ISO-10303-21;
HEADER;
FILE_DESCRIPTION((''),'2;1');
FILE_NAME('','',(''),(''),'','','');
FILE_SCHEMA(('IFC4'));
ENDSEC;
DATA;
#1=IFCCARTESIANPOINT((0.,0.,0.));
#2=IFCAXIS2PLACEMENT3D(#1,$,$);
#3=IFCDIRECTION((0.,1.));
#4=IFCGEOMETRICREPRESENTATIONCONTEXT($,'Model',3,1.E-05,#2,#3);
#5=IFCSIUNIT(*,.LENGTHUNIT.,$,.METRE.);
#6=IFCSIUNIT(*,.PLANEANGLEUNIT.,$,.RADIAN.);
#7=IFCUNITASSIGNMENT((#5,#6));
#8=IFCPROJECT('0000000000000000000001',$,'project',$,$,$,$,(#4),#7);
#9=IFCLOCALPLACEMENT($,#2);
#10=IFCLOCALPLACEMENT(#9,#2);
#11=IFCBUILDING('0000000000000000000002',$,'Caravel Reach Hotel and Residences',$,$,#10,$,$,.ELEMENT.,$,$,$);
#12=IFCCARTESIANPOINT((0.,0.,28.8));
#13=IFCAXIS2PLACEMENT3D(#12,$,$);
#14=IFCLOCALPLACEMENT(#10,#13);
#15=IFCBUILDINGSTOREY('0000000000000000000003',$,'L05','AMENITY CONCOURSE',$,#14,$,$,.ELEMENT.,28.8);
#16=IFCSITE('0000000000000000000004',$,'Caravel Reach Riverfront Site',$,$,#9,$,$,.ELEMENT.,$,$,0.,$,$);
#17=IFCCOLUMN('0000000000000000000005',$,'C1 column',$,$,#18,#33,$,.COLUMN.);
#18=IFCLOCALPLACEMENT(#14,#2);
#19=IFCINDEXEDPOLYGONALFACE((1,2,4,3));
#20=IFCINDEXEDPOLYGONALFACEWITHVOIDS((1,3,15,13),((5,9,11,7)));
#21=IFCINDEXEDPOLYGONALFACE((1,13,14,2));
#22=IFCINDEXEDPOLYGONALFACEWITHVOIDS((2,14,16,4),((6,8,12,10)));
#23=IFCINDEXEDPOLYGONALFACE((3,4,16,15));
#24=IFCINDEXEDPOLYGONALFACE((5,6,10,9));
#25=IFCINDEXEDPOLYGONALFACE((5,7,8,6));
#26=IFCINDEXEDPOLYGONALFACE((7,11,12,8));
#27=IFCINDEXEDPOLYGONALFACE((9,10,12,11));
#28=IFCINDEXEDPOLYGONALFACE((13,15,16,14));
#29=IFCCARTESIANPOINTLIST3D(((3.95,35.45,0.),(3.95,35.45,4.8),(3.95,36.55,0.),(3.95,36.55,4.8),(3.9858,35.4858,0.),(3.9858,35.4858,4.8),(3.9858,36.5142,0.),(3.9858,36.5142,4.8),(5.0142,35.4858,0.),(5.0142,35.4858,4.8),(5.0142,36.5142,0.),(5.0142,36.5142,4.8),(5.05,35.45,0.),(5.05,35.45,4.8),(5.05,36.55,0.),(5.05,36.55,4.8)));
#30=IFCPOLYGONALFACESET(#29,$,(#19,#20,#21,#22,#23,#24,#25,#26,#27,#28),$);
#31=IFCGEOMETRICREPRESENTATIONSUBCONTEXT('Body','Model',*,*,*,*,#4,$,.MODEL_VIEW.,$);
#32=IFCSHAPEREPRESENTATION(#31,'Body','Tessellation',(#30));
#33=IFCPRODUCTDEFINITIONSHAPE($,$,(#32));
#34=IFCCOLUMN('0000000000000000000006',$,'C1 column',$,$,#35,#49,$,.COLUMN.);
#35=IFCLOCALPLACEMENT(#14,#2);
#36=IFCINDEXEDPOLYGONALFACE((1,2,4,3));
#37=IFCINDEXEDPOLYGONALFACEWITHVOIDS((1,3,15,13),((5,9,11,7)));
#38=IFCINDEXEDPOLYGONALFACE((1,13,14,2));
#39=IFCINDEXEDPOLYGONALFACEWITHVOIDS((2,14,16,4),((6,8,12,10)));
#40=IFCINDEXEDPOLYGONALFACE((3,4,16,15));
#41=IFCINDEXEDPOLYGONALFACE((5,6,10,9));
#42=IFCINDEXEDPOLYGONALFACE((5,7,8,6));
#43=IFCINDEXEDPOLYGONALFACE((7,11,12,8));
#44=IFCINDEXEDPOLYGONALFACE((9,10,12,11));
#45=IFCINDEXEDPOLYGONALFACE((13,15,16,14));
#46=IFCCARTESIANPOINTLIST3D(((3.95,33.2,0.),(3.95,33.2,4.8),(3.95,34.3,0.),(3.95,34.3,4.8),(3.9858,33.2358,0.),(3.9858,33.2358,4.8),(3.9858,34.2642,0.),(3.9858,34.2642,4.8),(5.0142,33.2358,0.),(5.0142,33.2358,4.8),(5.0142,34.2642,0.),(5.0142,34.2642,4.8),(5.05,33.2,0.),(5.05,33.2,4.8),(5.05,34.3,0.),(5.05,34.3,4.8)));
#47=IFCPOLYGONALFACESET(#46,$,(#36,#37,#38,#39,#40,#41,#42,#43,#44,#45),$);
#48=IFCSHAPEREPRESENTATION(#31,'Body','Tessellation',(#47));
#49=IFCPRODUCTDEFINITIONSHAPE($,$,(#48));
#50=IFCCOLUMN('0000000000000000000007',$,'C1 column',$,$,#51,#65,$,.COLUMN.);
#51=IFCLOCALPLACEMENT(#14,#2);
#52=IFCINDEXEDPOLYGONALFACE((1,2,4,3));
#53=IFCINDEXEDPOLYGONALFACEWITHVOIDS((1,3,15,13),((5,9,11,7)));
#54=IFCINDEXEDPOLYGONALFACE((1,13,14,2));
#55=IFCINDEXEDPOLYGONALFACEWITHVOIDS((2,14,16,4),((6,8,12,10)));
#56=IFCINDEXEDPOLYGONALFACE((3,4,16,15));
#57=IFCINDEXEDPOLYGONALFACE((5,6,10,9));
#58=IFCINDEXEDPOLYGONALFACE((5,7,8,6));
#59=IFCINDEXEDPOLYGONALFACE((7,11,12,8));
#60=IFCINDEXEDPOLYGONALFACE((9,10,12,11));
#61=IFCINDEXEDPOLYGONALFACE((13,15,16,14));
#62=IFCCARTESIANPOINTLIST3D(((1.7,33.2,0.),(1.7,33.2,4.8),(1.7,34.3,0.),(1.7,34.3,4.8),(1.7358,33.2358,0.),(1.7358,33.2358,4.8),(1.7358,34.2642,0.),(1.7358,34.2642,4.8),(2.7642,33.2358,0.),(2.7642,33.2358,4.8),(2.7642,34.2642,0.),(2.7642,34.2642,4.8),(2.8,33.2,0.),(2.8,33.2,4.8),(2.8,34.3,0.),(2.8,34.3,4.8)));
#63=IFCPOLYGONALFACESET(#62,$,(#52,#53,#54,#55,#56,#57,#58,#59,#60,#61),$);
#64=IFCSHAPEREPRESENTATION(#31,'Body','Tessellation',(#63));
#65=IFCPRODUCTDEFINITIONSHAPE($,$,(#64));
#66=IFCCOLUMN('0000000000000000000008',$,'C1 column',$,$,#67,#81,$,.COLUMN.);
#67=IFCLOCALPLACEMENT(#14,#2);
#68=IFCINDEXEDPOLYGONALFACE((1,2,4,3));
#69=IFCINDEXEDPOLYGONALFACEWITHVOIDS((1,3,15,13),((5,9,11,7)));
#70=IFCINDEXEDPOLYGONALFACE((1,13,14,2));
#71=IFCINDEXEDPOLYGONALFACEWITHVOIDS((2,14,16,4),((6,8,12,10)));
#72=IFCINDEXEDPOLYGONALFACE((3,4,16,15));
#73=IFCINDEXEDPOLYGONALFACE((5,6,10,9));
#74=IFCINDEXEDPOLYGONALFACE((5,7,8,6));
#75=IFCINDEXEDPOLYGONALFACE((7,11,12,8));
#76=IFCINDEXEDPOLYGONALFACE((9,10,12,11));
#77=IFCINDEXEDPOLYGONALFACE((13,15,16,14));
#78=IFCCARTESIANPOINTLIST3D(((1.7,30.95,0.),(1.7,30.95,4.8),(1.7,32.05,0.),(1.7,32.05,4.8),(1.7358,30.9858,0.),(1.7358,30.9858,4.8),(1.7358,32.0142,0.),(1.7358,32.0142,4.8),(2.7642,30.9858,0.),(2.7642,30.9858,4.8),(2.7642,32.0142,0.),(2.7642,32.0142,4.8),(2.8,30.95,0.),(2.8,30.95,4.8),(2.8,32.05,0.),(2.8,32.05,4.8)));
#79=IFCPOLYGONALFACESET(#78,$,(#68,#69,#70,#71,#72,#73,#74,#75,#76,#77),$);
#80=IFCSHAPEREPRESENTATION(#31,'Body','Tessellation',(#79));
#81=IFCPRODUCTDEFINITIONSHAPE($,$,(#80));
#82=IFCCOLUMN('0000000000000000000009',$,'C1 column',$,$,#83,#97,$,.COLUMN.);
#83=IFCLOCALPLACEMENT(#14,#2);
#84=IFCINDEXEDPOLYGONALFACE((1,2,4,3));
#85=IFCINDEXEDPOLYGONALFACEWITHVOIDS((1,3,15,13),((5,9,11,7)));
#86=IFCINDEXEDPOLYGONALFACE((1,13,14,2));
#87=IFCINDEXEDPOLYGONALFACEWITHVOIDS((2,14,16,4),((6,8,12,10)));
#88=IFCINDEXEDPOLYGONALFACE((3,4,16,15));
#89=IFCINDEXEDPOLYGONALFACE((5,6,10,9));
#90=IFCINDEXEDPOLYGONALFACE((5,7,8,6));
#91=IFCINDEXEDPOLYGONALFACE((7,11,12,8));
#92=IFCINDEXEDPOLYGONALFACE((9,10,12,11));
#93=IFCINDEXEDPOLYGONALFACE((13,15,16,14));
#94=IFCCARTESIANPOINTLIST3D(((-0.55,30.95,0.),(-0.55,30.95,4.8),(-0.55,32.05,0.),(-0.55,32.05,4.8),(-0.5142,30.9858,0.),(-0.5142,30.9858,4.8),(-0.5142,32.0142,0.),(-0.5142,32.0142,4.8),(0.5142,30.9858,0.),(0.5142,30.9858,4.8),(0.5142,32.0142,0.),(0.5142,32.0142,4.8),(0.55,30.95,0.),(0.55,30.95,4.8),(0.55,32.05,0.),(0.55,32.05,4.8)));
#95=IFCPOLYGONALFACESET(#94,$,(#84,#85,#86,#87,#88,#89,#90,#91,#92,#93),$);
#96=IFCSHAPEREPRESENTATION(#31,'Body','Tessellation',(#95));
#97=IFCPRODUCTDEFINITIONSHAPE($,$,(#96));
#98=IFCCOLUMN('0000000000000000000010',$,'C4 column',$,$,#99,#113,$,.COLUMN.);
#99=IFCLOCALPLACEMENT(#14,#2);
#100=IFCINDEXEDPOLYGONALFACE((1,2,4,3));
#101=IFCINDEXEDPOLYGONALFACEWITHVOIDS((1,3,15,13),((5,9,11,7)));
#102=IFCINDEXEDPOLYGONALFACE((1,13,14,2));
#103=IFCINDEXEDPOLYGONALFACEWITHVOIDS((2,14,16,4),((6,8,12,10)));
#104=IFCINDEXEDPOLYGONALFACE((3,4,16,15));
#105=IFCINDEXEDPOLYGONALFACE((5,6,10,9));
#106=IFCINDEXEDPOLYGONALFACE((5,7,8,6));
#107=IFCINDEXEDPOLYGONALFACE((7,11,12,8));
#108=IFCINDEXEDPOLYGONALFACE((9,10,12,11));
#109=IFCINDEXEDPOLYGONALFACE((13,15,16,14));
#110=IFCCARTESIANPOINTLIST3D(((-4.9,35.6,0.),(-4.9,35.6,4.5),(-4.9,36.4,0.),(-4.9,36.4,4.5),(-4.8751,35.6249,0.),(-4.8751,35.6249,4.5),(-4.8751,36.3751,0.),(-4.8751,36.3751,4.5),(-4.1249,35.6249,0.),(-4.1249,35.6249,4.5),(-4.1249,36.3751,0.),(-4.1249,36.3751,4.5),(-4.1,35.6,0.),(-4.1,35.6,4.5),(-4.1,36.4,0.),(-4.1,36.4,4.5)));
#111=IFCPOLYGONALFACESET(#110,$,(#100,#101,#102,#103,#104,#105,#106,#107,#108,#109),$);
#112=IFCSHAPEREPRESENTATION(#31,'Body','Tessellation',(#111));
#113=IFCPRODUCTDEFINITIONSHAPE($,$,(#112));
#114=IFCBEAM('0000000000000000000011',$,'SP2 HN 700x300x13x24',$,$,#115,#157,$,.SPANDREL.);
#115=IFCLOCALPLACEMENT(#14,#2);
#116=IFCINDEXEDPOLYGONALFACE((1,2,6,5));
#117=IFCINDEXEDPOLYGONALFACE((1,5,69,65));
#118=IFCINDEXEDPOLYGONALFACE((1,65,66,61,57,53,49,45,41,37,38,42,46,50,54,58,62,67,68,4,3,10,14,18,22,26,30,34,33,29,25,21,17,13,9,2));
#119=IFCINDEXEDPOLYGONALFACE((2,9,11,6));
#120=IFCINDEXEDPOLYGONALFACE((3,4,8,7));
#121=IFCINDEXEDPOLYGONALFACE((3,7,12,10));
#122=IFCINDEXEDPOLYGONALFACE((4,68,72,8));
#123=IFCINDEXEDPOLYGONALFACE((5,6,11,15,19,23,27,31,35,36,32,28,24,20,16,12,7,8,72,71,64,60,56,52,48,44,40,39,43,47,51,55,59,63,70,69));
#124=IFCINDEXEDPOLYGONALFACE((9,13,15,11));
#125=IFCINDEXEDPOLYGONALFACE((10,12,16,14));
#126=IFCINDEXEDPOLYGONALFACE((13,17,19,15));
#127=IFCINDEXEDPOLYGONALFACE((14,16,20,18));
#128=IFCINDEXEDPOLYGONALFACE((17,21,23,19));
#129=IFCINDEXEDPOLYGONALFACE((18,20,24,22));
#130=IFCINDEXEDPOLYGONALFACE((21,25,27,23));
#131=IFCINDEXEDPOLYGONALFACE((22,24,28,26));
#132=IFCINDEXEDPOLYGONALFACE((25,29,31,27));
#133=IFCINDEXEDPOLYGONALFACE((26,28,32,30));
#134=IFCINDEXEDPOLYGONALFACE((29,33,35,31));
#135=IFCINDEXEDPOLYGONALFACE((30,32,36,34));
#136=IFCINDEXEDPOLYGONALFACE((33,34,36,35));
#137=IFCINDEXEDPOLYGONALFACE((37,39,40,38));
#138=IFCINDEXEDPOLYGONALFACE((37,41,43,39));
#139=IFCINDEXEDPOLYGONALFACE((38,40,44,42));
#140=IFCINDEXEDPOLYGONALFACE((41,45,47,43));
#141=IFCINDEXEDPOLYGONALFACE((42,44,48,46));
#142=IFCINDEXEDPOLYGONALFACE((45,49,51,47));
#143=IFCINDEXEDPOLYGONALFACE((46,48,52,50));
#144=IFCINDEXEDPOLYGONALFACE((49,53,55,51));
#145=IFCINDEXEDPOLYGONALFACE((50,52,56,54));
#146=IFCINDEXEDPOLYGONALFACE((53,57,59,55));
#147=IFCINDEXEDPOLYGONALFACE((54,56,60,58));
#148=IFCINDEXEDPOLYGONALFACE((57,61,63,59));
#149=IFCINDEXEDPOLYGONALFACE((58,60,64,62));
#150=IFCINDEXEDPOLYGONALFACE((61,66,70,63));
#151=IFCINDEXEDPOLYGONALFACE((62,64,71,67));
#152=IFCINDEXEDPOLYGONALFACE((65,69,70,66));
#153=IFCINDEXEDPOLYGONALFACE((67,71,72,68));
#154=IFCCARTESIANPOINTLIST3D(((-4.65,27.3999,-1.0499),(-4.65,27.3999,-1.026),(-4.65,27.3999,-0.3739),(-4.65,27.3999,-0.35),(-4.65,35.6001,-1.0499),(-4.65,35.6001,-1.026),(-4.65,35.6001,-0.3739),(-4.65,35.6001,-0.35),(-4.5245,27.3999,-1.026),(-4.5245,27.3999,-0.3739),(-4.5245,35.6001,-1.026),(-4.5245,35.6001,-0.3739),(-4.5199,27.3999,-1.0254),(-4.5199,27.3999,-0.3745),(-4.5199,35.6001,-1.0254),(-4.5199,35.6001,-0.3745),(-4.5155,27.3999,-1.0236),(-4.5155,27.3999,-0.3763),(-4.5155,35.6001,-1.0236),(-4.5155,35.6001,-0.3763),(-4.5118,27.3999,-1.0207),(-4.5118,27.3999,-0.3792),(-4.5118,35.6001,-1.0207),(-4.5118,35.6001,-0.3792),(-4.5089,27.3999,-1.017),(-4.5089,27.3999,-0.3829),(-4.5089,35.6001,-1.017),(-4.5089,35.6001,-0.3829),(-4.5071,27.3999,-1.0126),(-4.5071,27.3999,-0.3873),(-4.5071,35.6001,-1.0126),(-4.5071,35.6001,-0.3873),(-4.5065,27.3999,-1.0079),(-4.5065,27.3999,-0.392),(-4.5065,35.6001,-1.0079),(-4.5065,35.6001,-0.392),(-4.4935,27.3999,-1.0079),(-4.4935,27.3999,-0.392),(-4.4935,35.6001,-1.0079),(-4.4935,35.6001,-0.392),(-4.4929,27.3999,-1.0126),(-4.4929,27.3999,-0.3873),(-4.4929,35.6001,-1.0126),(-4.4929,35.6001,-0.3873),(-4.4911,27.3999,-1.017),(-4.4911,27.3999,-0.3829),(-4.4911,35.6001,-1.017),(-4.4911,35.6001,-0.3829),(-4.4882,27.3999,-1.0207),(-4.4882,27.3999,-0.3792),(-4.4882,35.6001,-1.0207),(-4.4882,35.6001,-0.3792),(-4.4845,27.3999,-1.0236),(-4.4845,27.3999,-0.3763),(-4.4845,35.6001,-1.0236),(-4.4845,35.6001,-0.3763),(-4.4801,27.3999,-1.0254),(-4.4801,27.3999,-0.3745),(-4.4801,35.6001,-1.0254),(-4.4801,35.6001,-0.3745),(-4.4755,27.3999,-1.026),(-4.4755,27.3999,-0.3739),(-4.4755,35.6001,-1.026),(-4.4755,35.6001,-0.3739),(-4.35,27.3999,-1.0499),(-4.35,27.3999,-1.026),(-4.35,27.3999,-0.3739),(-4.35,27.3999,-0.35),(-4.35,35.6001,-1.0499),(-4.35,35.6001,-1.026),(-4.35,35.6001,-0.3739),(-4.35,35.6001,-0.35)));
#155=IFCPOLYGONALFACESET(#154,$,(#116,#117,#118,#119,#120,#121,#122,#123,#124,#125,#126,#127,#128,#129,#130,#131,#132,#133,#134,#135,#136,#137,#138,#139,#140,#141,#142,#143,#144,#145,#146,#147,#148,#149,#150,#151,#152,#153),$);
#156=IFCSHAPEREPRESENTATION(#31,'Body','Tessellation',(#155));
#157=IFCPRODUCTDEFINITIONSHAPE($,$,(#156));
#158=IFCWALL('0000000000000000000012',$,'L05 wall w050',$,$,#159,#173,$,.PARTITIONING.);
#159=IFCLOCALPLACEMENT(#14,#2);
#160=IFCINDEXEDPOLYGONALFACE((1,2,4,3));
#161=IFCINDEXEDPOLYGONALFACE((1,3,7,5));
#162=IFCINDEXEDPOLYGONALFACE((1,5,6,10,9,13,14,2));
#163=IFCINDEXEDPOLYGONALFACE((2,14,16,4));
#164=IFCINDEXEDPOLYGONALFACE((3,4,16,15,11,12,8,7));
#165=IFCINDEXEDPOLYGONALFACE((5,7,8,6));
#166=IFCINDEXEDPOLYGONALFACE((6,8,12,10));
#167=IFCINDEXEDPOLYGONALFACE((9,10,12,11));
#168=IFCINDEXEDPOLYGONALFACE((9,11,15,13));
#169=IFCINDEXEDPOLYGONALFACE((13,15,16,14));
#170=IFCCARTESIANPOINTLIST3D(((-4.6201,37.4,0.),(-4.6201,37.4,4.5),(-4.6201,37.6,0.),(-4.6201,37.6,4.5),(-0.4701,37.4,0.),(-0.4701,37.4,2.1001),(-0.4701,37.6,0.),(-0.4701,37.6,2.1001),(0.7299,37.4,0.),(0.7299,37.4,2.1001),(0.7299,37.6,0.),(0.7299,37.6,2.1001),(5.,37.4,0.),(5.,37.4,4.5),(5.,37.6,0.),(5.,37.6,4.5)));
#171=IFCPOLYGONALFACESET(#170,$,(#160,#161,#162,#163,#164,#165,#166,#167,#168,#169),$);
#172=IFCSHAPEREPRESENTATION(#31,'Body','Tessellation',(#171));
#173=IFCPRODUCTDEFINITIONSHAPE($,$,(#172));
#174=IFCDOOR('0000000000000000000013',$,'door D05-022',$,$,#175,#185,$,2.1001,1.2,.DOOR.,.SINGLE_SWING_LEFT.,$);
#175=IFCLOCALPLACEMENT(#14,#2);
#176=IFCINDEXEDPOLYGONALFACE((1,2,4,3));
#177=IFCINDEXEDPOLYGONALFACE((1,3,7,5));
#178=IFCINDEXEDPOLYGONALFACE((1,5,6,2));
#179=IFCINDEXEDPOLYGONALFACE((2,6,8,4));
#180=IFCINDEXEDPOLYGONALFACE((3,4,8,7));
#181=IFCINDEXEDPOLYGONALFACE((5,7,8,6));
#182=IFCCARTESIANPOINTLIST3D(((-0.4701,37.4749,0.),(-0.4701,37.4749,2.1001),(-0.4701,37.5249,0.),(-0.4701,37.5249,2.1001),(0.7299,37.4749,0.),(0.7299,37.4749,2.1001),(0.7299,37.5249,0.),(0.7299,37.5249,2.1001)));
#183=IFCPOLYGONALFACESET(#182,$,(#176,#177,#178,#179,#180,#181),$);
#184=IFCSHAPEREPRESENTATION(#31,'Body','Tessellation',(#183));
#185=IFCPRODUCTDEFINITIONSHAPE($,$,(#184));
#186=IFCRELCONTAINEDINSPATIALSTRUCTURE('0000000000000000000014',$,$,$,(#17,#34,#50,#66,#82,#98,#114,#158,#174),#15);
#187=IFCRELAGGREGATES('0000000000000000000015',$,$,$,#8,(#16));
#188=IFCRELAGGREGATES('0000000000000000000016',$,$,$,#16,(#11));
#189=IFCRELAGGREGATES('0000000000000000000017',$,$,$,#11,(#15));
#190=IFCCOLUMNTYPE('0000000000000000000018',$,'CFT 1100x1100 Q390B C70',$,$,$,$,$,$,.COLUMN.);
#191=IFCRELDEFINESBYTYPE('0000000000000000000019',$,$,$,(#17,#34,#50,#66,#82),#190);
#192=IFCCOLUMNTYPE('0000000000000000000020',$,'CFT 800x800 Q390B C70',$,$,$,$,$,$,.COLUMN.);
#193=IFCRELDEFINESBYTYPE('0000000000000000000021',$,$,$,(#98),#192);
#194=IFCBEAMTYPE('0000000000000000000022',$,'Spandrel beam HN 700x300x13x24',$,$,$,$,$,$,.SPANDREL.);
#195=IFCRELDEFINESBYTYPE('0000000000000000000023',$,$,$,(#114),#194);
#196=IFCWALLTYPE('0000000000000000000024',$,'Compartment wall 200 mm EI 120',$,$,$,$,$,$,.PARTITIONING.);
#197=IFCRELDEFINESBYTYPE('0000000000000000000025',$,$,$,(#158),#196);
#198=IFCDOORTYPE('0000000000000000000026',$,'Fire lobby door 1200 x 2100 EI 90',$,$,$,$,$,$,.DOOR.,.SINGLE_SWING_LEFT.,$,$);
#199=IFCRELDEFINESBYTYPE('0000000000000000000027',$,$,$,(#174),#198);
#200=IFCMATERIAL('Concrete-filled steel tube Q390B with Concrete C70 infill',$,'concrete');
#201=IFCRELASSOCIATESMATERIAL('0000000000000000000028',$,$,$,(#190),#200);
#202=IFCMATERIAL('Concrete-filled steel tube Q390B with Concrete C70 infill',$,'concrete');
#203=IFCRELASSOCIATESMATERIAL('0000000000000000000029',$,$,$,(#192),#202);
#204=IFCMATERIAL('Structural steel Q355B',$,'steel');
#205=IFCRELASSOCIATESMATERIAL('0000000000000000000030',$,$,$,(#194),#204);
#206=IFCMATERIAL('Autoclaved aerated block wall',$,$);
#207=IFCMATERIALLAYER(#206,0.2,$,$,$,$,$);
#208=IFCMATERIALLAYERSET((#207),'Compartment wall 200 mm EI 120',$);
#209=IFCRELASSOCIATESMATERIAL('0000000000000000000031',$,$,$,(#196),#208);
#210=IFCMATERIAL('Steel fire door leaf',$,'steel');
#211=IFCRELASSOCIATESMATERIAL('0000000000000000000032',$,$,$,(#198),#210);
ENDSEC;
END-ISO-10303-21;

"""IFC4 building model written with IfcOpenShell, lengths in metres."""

from ifc_helpers import new_model, si_unit, direction, frame, frame_2d, origin, origin_2d, place, context, subcontext, project, spatial, rectangle, hollow_rectangle, i_section, extrude, material, layer, layer_set, material_profile, profile_set, type_object, element, fill, save


model = new_model("IFC4")

# Units and contexts
model_context = context("Model", 3, precision=1e-05, world=origin(), true_north=direction((0.0, 1.0)))
body_context = subcontext(model_context, "Body", "Model", "MODEL_VIEW")
ifc_project = project(units=[si_unit("LENGTHUNIT", "METRE"), si_unit("PLANEANGLEUNIT", "RADIAN")], contexts=[model_context])

# Site, building, storey
site_placement = place(None, origin())
site = spatial("IfcSite", under=ifc_project, at=site_placement, Name="Caravel Reach Riverfront Site", CompositionType="ELEMENT", RefElevation=0.0)
building_placement = place(site_placement, origin())
building = spatial("IfcBuilding", under=site, at=building_placement, Name="Caravel Reach Hotel and Residences", CompositionType="ELEMENT")
storey_placement = place(building_placement, frame((0.0, 0.0, 28.8)))
storey = spatial("IfcBuildingStorey", under=building, at=storey_placement, Name="L05", Description="AMENITY CONCOURSE", CompositionType="ELEMENT", Elevation=28.8)

# Columns
ifc_material_1 = material(Name="Concrete-filled steel tube Q390B with Concrete C70 infill", Category="concrete")
ifc_material_profile_1 = material_profile(ifc_material_1, hollow_rectangle(XDim=1.1001, YDim=1.1001, WallThickness=0.0359, at=origin_2d()), Name="RHS 1100x1100x36")
ifc_profile_set_1 = profile_set([ifc_material_profile_1], Name="Concrete-filled steel tube Q390B with Concrete C70 infill")
column_type_1 = type_object("IfcColumnType", Name="CFT 1100x1100 Q390B C70", PredefinedType="COLUMN", material=ifc_profile_set_1)
for number, where, z_axis, x_axis, name in (
    (1, (4.5, 36.0, 0.0), (0.0, 0.0, 1.0), (1.0, 0.0, 0.0), "C1 column"),
    (2, (4.5, 33.75, 0.0), (0.0, 0.0, 1.0), (1.0, 0.0, 0.0), "C1 column"),
    (3, (2.25, 33.75, 0.0), (0.0, 0.0, 1.0), (1.0, 0.0, 0.0), "C1 column"),
    (4, (2.25, 31.5, 0.0), (0.0, 0.0, 1.0), (1.0, 0.0, 0.0), "C1 column"),
    (5, (0.0, 31.5, 0.0), (0.0, 0.0, 1.0), (1.0, 0.0, 0.0), "C1 column"),
):
    element("IfcColumn", number, at=place(storey_placement, frame(where, z_axis=z_axis, x_axis=x_axis)), inside=storey, type_object=column_type_1, Name=name, PredefinedType="COLUMN", context=body_context, shape_type="SweptSolid", body=[
        extrude(hollow_rectangle(XDim=1.1001, YDim=1.1001, WallThickness=0.0359, at=origin_2d()), origin(), (0.0, 0.0, 1.0), 4.8),
    ])
ifc_material_2 = material(Name="Concrete-filled steel tube Q390B with Concrete C70 infill", Category="concrete")
ifc_material_profile_2 = material_profile(ifc_material_2, hollow_rectangle(XDim=0.8, YDim=0.8, WallThickness=0.0249, at=origin_2d()), Name="RHS 800x800x25")
ifc_profile_set_2 = profile_set([ifc_material_profile_2], Name="Concrete-filled steel tube Q390B with Concrete C70 infill")
column_type_2 = type_object("IfcColumnType", Name="CFT 800x800 Q390B C70", PredefinedType="COLUMN", material=ifc_profile_set_2)
column_placement = place(storey_placement, frame((-4.5, 36.0, 0.0), z_axis=(0.0, 0.0, 1.0), x_axis=(1.0, 0.0, 0.0)))
element("IfcColumn", 6, at=column_placement, inside=storey, type_object=column_type_2, Name="C4 column", PredefinedType="COLUMN", context=body_context, shape_type="SweptSolid", body=[
    extrude(hollow_rectangle(XDim=0.8, YDim=0.8, WallThickness=0.0249, at=origin_2d()), origin(), (0.0, 0.0, 1.0), 4.5),
])

# Beam
ifc_material_3 = material(Name="Structural steel Q355B", Category="steel")
ifc_material_profile_3 = material_profile(ifc_material_3, i_section(OverallWidth=0.3, OverallDepth=0.7, WebThickness=0.0129, FlangeThickness=0.0239, FilletRadius=0.0181, at=origin_2d()), Name="HN 700x300x13x24")
ifc_profile_set_3 = profile_set([ifc_material_profile_3], Name="Structural steel Q355B")
beam_type = type_object("IfcBeamType", Name="Spandrel beam HN 700x300x13x24", PredefinedType="SPANDREL", material=ifc_profile_set_3)
beam_placement = place(storey_placement, frame((-4.5, 35.6001, -0.7), z_axis=(0.0, -1.0, 0.0), x_axis=(1.0, 0.0, 0.0)))
element("IfcBeam", 7, at=beam_placement, inside=storey, type_object=beam_type, Name="SP2 HN 700x300x13x24", PredefinedType="SPANDREL", context=body_context, shape_type="SweptSolid", body=[
    extrude(i_section(OverallWidth=0.3, OverallDepth=0.7, WebThickness=0.0129, FlangeThickness=0.0239, FilletRadius=0.0181, at=origin_2d()), origin(), (0.0, 0.0, 1.0), 8.2002),
])

# Wall, opening, door
ifc_material_4 = material(Name="Autoclaved aerated block wall")
ifc_layer_1 = layer(ifc_material_4, 0.2)
ifc_layer_set_1 = layer_set([ifc_layer_1], Name="Compartment wall 200 mm EI 120")
wall_type_1 = type_object("IfcWallType", Name="Compartment wall 200 mm EI 120", PredefinedType="PARTITIONING", material=ifc_layer_set_1)
wall_1_placement = place(storey_placement, frame((-4.6201, 37.5, 0.0), z_axis=(0.0, 0.0, 1.0), x_axis=(1.0, 0.0, 0.0)))
wall_1 = element("IfcWall", 8, at=wall_1_placement, inside=storey, type_object=wall_type_1, Name="L05 wall w050", PredefinedType="PARTITIONING", context=body_context, shape_type="SweptSolid", body=[
    extrude(rectangle(XDim=9.6201, YDim=0.2, at=frame_2d((4.8101, 0.0))), origin(), (0.0, 0.0, 1.0), 4.5),
])
opening_1_placement = place(wall_1_placement, frame((4.1499, 0.0, 0.0)))
opening_1 = element("IfcOpeningElement", 9, at=opening_1_placement, cuts=wall_1, PredefinedType="OPENING", context=body_context, shape_type="SweptSolid", body=[
    extrude(rectangle(XDim=1.2, YDim=2.1001, at=frame_2d((0.6001, 1.05))), frame((0.0, 0.1099, 0.0), z_axis=(0.0, -1.0, 0.0), x_axis=(1.0, 0.0, 0.0)), (0.0, 0.0, 1.0), 0.22),
])
ifc_material_5 = material(Name="Steel fire door leaf", Category="steel")
door_type_1 = type_object("IfcDoorType", Name="Fire lobby door 1200 x 2100 EI 90", OperationType="SINGLE_SWING_LEFT", PredefinedType="DOOR", material=ifc_material_5)
door_1_placement = place(opening_1_placement, origin())
door_1 = element("IfcDoor", 10, at=door_1_placement, inside=storey, type_object=door_type_1, Name="door D05-022", OperationType="SINGLE_SWING_LEFT", OverallHeight=2.1001, OverallWidth=1.2, PredefinedType="DOOR", context=body_context, shape_type="SweptSolid", body=[
    extrude(rectangle(XDim=1.2, YDim=2.1001, at=frame_2d((0.6001, 1.05))), frame((0.0, 0.0249, 0.0), z_axis=(0.0, -1.0, 0.0), x_axis=(1.0, 0.0, 0.0)), (0.0, 0.0, 1.0), 0.05),
])
fill(opening_1, door_1)

save(model, "model.ifc")
